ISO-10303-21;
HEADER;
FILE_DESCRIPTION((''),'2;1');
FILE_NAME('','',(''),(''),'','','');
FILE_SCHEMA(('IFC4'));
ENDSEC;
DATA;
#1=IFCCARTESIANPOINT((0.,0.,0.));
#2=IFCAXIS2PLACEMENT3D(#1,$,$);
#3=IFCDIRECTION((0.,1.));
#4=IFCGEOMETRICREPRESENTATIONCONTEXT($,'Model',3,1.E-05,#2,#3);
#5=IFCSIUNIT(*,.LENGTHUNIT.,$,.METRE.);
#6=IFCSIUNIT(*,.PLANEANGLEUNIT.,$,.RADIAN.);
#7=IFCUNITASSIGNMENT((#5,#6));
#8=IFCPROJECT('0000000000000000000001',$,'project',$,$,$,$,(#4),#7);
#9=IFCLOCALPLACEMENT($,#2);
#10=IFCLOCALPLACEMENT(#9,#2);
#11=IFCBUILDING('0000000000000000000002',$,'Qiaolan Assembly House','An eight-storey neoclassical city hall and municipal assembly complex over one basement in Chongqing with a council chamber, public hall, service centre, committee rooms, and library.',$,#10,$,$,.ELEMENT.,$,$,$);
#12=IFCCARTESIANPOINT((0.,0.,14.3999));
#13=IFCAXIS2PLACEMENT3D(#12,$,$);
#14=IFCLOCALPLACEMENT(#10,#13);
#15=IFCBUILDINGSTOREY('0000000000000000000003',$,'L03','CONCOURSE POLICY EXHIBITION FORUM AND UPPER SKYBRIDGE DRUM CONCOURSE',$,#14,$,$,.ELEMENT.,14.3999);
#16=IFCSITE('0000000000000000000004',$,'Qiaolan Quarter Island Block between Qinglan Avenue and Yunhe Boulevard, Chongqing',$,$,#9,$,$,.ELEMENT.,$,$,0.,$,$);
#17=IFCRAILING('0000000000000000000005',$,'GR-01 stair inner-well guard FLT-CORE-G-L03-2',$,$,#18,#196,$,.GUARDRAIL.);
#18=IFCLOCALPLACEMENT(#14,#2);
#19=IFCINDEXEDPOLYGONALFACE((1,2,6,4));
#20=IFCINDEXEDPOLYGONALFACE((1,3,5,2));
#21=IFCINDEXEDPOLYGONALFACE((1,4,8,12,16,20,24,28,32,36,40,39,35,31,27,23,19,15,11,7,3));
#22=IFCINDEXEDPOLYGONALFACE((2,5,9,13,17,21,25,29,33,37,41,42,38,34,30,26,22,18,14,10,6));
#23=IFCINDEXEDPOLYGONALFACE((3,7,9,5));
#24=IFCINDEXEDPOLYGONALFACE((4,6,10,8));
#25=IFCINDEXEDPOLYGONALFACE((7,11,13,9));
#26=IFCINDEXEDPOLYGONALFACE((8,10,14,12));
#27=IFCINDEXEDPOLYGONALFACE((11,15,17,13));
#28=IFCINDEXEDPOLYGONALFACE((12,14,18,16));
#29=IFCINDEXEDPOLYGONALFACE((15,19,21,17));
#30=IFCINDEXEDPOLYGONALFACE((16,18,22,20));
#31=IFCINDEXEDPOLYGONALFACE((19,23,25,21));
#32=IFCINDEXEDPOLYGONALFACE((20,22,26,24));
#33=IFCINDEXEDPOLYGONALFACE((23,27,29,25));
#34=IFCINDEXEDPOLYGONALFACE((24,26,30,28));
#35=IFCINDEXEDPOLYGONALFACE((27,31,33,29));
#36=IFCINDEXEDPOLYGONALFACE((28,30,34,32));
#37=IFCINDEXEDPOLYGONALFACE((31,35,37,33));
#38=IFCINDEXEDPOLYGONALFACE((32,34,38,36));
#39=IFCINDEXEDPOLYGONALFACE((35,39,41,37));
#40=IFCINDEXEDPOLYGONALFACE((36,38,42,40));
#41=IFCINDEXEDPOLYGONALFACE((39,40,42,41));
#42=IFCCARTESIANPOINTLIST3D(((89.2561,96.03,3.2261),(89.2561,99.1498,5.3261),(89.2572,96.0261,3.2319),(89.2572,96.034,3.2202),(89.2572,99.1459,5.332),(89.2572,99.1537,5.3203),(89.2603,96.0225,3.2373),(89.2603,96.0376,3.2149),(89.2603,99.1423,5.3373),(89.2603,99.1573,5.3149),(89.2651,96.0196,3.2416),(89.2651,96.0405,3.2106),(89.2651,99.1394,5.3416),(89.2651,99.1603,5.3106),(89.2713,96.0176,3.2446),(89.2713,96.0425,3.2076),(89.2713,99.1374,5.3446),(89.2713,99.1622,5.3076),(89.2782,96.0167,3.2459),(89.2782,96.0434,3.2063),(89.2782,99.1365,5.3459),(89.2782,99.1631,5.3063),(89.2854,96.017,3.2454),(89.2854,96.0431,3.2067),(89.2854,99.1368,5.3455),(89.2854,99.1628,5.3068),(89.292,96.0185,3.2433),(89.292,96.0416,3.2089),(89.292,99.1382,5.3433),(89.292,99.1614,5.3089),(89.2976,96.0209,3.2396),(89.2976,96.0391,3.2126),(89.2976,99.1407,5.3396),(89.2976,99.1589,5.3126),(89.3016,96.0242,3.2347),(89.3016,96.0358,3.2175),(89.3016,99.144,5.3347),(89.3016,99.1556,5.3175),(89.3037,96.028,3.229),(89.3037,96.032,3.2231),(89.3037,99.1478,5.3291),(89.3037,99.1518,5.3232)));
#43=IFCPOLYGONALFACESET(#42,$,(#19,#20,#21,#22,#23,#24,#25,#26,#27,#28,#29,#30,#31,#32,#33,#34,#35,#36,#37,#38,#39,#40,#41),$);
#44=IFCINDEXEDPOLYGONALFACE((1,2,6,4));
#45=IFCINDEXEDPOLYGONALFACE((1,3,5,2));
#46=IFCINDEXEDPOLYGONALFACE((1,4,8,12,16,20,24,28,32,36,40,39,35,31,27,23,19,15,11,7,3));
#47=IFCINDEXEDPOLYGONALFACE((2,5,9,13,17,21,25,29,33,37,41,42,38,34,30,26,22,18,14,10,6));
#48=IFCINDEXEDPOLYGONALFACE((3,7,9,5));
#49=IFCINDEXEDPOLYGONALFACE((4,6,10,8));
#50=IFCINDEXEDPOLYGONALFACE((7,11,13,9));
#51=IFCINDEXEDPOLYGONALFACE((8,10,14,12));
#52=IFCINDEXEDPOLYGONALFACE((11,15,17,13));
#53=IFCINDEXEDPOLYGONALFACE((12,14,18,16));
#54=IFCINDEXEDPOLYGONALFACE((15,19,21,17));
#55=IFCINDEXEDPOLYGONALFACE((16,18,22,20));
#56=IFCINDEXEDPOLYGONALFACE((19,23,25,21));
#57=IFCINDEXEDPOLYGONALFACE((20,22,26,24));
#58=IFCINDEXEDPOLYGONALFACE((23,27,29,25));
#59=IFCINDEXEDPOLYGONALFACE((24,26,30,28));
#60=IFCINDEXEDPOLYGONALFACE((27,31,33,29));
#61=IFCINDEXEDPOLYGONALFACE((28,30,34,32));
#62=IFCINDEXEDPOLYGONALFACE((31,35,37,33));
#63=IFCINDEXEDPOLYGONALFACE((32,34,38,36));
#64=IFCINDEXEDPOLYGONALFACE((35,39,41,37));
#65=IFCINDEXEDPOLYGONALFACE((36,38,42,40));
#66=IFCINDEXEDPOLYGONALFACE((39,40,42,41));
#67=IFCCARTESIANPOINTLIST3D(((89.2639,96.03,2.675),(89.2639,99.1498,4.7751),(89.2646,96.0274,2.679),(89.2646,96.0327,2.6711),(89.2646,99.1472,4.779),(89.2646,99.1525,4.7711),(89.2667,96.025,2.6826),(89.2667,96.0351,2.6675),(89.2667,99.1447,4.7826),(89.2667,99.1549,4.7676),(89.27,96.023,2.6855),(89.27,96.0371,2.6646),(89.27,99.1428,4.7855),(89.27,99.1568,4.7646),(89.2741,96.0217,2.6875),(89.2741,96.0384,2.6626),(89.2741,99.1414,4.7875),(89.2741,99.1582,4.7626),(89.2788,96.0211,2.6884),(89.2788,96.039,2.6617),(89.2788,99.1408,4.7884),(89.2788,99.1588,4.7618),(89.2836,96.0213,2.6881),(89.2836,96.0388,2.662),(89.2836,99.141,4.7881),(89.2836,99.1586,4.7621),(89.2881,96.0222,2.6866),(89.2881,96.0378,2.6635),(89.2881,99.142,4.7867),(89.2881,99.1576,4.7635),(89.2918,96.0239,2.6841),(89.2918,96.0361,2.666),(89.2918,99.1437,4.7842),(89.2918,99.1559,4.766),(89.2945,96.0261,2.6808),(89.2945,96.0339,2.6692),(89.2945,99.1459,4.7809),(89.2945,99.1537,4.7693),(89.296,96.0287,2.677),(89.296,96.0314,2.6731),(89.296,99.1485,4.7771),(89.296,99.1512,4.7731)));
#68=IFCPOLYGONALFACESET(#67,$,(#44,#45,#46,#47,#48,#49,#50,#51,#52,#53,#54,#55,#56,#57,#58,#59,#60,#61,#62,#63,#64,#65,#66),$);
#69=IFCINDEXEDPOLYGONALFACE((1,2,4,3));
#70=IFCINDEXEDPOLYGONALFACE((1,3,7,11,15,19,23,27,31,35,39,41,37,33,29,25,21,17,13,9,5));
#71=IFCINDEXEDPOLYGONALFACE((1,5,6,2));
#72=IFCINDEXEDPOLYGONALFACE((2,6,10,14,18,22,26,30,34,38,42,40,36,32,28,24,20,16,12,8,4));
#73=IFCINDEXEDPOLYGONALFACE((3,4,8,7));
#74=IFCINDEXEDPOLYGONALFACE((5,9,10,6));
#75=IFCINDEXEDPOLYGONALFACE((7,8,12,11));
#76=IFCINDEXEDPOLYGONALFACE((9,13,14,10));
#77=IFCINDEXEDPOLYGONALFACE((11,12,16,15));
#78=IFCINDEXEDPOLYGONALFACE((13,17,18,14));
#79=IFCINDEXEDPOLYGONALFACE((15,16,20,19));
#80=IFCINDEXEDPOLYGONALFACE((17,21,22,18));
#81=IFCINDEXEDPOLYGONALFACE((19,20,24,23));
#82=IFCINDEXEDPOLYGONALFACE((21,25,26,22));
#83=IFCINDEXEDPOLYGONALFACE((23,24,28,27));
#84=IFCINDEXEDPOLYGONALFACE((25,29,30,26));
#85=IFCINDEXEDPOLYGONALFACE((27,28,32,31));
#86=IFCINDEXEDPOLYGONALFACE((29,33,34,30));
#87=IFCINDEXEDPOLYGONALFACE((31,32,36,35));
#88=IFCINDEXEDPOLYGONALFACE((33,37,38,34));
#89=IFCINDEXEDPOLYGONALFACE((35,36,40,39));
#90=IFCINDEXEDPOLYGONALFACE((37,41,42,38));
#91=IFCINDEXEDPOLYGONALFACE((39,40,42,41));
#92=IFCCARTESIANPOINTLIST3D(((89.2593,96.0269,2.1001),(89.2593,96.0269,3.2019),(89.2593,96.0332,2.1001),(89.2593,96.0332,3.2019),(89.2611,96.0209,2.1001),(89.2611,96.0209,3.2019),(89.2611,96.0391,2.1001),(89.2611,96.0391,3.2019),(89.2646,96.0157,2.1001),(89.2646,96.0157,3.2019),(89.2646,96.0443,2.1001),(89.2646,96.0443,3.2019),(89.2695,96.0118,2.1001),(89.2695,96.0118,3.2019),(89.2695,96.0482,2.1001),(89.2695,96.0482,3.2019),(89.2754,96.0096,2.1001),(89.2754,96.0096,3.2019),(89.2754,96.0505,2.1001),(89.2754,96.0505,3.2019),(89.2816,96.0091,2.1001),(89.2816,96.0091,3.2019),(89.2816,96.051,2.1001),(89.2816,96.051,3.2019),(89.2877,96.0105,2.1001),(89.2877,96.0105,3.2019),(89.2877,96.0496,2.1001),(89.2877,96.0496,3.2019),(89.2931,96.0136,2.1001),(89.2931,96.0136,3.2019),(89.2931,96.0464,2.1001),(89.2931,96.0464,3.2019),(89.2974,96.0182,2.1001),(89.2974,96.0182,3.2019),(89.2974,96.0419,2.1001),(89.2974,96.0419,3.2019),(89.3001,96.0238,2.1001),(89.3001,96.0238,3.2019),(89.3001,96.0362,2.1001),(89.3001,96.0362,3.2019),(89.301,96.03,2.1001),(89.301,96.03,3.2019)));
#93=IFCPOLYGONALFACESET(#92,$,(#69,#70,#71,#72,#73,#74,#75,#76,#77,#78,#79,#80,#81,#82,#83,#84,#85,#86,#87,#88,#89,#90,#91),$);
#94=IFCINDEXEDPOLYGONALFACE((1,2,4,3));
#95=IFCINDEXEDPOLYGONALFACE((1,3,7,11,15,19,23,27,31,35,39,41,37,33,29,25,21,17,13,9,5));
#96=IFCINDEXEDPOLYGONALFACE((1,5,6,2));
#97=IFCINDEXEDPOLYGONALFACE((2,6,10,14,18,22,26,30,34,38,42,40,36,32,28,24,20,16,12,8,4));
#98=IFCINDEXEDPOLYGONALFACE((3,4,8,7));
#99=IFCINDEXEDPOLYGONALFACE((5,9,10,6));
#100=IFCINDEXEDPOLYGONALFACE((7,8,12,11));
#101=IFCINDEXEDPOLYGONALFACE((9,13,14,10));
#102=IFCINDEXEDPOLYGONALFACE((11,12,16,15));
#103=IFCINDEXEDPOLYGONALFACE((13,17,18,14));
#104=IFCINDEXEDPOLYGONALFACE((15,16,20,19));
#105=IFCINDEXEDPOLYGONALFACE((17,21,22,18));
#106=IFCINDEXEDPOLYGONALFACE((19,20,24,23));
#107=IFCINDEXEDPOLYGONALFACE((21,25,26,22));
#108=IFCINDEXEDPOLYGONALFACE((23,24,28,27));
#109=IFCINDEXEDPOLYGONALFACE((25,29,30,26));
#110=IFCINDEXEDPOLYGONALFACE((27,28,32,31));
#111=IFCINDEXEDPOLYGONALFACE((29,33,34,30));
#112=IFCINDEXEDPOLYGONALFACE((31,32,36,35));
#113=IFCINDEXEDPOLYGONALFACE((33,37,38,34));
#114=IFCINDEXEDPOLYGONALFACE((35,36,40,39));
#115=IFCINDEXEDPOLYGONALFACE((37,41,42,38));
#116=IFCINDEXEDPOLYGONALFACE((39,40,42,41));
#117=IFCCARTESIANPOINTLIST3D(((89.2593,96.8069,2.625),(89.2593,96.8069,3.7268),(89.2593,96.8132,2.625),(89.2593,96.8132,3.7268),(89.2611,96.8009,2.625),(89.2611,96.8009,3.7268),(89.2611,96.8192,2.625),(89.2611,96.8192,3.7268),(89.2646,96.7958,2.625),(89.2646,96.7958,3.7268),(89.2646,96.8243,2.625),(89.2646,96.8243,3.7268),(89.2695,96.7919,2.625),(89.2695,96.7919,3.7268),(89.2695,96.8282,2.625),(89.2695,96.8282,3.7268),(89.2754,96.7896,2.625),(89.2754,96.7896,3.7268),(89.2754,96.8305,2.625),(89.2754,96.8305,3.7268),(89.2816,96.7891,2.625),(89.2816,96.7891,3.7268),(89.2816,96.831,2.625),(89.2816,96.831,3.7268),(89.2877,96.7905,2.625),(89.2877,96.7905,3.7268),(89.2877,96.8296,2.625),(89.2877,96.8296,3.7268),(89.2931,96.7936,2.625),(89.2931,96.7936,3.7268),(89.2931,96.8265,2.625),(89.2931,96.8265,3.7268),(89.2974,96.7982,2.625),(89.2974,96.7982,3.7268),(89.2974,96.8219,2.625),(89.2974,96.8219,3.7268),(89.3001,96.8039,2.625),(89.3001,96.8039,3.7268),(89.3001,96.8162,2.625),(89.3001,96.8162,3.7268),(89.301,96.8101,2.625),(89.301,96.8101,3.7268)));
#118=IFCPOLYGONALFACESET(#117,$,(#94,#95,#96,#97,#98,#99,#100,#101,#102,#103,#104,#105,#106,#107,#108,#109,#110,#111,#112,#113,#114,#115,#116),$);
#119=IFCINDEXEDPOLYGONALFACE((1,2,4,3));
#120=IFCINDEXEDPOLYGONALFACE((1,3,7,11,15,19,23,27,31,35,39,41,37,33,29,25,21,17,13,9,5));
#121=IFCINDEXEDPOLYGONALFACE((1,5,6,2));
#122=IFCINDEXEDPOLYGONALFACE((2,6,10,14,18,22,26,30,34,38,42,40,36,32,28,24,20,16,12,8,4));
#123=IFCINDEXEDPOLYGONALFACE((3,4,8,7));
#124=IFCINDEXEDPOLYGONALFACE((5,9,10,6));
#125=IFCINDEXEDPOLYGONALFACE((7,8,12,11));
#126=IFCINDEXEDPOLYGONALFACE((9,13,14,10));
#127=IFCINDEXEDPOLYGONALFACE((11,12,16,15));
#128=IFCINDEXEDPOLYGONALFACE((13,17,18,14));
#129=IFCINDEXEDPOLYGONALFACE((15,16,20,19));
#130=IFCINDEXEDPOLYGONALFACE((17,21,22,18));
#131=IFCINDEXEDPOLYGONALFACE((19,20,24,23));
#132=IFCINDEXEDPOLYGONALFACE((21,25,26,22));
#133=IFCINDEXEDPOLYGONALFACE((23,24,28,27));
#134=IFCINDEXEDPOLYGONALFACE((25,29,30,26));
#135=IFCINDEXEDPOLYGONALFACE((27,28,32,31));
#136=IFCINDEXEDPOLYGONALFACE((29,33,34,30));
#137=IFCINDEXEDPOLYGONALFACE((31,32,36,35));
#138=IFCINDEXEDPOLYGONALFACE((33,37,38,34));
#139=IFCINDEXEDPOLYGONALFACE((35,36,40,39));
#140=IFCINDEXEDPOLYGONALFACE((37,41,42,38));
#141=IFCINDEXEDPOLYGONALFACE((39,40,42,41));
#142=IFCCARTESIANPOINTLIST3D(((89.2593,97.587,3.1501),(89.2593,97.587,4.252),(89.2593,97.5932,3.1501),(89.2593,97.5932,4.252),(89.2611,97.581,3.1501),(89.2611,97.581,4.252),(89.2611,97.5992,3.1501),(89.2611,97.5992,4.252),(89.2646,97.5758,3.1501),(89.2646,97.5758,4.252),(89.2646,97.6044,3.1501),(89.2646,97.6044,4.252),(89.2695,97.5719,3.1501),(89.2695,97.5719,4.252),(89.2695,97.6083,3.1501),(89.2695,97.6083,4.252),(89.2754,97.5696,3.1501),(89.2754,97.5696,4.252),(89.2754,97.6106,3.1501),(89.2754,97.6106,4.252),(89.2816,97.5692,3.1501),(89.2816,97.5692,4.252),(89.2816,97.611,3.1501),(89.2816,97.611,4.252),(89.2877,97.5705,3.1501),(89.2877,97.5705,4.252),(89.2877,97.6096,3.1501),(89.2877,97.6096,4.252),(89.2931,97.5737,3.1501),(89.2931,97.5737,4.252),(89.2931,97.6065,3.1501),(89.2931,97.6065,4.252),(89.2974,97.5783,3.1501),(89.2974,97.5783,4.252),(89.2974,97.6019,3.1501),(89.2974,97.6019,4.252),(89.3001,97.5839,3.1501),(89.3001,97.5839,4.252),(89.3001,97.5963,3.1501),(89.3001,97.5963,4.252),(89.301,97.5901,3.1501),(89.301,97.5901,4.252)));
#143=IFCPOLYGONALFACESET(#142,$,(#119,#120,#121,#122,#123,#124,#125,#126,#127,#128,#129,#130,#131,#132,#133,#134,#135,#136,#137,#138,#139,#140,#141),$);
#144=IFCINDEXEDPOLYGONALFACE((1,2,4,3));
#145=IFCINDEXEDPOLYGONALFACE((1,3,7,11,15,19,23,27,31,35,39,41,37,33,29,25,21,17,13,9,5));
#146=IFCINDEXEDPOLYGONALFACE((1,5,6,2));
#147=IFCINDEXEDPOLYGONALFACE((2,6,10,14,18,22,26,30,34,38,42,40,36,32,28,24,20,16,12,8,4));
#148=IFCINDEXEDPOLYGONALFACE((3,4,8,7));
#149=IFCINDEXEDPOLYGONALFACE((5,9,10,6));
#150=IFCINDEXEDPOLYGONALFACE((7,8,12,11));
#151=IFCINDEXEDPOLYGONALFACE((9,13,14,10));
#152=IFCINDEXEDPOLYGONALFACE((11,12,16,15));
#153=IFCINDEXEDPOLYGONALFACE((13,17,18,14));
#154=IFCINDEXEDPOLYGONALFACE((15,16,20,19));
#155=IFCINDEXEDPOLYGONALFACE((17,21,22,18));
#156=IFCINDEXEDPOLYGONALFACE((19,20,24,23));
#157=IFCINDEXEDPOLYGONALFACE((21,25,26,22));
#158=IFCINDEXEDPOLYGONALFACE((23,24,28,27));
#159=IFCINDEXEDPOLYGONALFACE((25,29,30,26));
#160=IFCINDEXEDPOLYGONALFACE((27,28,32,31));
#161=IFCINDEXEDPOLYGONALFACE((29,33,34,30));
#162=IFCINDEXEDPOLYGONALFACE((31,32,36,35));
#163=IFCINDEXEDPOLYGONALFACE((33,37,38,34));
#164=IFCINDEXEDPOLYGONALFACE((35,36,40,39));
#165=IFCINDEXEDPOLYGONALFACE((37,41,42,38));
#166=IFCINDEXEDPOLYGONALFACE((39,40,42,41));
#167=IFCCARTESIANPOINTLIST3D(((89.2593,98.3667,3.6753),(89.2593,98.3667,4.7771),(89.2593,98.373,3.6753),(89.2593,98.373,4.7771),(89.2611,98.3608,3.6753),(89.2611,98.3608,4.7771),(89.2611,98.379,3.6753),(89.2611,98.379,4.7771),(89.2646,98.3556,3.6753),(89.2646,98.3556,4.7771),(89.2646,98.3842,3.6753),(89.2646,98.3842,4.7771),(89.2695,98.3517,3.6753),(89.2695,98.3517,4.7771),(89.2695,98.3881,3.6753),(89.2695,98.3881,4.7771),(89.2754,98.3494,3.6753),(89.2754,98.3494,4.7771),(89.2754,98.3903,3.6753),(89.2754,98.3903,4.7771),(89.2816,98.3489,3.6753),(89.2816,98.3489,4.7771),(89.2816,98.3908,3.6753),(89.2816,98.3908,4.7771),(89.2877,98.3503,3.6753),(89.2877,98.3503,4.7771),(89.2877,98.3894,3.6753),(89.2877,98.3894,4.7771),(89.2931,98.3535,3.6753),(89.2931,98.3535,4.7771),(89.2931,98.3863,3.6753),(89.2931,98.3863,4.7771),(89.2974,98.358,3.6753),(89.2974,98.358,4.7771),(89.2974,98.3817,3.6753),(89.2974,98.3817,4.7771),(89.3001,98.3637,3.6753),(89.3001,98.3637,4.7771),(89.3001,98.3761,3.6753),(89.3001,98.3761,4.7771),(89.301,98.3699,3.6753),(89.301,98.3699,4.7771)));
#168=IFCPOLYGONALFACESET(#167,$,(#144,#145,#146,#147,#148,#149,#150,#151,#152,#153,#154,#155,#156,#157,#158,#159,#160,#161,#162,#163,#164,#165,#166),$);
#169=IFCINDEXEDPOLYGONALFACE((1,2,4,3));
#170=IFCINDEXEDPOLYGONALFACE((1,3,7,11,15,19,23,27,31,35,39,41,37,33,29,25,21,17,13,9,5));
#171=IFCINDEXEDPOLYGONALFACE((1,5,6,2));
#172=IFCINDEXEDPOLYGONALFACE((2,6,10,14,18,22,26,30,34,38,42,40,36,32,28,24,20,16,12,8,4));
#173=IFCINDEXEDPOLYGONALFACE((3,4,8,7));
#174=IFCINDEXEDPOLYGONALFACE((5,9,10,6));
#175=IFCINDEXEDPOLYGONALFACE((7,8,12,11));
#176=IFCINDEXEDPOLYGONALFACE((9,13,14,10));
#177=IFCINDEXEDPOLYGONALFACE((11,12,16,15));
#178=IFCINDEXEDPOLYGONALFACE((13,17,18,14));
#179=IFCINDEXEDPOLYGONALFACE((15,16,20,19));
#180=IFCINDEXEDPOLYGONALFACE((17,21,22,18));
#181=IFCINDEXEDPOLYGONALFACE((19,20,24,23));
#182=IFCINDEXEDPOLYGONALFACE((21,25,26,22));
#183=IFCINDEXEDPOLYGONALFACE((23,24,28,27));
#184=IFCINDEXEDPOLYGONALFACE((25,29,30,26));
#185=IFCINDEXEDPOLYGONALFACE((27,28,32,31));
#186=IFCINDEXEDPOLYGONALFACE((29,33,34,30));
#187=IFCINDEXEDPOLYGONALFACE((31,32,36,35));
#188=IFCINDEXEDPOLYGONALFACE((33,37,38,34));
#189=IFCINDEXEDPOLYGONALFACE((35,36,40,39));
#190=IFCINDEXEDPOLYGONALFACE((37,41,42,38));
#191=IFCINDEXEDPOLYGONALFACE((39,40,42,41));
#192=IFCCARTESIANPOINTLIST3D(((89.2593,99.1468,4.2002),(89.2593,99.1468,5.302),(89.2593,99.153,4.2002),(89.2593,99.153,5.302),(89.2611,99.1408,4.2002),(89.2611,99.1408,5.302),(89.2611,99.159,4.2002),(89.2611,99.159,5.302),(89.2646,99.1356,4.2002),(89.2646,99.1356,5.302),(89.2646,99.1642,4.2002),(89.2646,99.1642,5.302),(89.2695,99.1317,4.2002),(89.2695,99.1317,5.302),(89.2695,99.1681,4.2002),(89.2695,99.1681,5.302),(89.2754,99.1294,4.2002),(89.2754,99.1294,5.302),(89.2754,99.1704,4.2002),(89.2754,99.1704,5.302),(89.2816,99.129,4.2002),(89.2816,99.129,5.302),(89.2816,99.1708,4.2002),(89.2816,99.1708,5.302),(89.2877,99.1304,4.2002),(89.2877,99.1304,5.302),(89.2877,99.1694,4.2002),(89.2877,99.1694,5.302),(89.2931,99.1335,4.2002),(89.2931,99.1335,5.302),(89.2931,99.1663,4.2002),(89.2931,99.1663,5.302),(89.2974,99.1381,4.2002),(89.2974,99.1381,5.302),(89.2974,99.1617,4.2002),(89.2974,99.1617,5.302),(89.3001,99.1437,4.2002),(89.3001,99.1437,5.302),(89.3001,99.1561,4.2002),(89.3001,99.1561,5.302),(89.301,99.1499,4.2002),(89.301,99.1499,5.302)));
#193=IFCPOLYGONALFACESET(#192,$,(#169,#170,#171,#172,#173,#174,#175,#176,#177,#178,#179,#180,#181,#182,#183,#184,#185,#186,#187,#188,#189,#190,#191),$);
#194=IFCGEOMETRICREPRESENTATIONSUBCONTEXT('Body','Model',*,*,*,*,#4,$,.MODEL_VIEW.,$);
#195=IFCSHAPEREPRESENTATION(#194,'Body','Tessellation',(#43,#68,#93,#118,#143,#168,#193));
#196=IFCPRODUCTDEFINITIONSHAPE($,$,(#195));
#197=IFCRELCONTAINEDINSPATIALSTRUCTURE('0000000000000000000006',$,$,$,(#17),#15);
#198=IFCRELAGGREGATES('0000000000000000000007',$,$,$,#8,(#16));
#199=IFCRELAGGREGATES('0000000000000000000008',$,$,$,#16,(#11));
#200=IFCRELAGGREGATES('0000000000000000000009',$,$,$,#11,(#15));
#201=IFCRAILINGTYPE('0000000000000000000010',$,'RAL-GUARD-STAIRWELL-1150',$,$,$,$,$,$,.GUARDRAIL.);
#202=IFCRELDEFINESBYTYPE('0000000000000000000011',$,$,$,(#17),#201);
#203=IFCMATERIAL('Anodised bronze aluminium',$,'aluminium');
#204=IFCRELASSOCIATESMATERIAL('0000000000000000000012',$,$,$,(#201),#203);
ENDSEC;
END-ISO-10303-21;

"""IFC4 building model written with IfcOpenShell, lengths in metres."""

from ifc_helpers import new_model, si_unit, direction, frame, origin, origin_2d, place, context, subcontext, project, spatial, circle, extrude, material, type_object, element, save


model = new_model("IFC4")

# Units and contexts
model_context = context("Model", 3, precision=1e-05, world=origin(), true_north=direction((0.0, 1.0)))
body_context = subcontext(model_context, "Body", "Model", "MODEL_VIEW")
ifc_project = project(units=[si_unit("LENGTHUNIT", "METRE"), si_unit("PLANEANGLEUNIT", "RADIAN")], contexts=[model_context])

# Site, building, storey
site_placement = place(None, origin())
site = spatial("IfcSite", under=ifc_project, at=site_placement, Name="Qiaolan Quarter Island Block between Qinglan Avenue and Yunhe Boulevard, Chongqing", CompositionType="ELEMENT", RefElevation=0.0)
building_placement = place(site_placement, origin())
building = spatial("IfcBuilding", under=site, at=building_placement, Name="Qiaolan Assembly House", Description="An eight-storey neoclassical city hall and municipal assembly complex over one basement in Chongqing with a council chamber, public hall, service centre, committee rooms, and library.", CompositionType="ELEMENT")
storey_placement = place(building_placement, frame((0.0, 0.0, 14.3999)))
storey = spatial("IfcBuildingStorey", under=building, at=storey_placement, Name="L03", Description="CONCOURSE POLICY EXHIBITION FORUM AND UPPER SKYBRIDGE DRUM CONCOURSE", CompositionType="ELEMENT", Elevation=14.3999)

# Railing
ifc_material_1 = material(Name="Anodised bronze aluminium", Category="aluminium")
railing_type_1 = type_object("IfcRailingType", Name="RAL-GUARD-STAIRWELL-1150", PredefinedType="GUARDRAIL", material=ifc_material_1)
railing_1_placement = place(storey_placement, frame((89.28, 96.03, 2.1001)))
element("IfcRailing", 1, at=railing_1_placement, inside=storey, type_object=railing_type_1, Name="GR-01 stair inner-well guard FLT-CORE-G-L03-2", PredefinedType="GUARDRAIL", context=body_context, shape_type="SweptSolid", body=[
    extrude(circle(Radius=0.0239, at=origin_2d()), frame((0.0, 0.0, 1.126), z_axis=(0.0, 0.829565, 0.55841), x_axis=(-1.0, 0.0, 0.0)), (0.0, 0.0, 1.0), 3.7607),
    extrude(circle(Radius=0.0161, at=origin_2d()), frame((0.0, 0.0, 0.575), z_axis=(0.0, 0.829565, 0.55841), x_axis=(-1.0, 0.0, 0.0)), (0.0, 0.0, 1.0), 3.7607),
    extrude(circle(Radius=0.021, at=origin_2d()), origin(), (0.0, 0.0, 1.0), 1.1018),
    extrude(circle(Radius=0.021, at=origin_2d()), frame((0.0, 0.78, 0.5249)), (0.0, 0.0, 1.0), 1.1018),
    extrude(circle(Radius=0.021, at=origin_2d()), frame((0.0, 1.5601, 1.05)), (0.0, 0.0, 1.0), 1.1018),
    extrude(circle(Radius=0.021, at=origin_2d()), frame((0.0, 2.3398, 1.5752)), (0.0, 0.0, 1.0), 1.1018),
    extrude(circle(Radius=0.021, at=origin_2d()), frame((0.0, 3.1199, 2.1001)), (0.0, 0.0, 1.0), 1.1018),
])

save(model, "model.ifc")
